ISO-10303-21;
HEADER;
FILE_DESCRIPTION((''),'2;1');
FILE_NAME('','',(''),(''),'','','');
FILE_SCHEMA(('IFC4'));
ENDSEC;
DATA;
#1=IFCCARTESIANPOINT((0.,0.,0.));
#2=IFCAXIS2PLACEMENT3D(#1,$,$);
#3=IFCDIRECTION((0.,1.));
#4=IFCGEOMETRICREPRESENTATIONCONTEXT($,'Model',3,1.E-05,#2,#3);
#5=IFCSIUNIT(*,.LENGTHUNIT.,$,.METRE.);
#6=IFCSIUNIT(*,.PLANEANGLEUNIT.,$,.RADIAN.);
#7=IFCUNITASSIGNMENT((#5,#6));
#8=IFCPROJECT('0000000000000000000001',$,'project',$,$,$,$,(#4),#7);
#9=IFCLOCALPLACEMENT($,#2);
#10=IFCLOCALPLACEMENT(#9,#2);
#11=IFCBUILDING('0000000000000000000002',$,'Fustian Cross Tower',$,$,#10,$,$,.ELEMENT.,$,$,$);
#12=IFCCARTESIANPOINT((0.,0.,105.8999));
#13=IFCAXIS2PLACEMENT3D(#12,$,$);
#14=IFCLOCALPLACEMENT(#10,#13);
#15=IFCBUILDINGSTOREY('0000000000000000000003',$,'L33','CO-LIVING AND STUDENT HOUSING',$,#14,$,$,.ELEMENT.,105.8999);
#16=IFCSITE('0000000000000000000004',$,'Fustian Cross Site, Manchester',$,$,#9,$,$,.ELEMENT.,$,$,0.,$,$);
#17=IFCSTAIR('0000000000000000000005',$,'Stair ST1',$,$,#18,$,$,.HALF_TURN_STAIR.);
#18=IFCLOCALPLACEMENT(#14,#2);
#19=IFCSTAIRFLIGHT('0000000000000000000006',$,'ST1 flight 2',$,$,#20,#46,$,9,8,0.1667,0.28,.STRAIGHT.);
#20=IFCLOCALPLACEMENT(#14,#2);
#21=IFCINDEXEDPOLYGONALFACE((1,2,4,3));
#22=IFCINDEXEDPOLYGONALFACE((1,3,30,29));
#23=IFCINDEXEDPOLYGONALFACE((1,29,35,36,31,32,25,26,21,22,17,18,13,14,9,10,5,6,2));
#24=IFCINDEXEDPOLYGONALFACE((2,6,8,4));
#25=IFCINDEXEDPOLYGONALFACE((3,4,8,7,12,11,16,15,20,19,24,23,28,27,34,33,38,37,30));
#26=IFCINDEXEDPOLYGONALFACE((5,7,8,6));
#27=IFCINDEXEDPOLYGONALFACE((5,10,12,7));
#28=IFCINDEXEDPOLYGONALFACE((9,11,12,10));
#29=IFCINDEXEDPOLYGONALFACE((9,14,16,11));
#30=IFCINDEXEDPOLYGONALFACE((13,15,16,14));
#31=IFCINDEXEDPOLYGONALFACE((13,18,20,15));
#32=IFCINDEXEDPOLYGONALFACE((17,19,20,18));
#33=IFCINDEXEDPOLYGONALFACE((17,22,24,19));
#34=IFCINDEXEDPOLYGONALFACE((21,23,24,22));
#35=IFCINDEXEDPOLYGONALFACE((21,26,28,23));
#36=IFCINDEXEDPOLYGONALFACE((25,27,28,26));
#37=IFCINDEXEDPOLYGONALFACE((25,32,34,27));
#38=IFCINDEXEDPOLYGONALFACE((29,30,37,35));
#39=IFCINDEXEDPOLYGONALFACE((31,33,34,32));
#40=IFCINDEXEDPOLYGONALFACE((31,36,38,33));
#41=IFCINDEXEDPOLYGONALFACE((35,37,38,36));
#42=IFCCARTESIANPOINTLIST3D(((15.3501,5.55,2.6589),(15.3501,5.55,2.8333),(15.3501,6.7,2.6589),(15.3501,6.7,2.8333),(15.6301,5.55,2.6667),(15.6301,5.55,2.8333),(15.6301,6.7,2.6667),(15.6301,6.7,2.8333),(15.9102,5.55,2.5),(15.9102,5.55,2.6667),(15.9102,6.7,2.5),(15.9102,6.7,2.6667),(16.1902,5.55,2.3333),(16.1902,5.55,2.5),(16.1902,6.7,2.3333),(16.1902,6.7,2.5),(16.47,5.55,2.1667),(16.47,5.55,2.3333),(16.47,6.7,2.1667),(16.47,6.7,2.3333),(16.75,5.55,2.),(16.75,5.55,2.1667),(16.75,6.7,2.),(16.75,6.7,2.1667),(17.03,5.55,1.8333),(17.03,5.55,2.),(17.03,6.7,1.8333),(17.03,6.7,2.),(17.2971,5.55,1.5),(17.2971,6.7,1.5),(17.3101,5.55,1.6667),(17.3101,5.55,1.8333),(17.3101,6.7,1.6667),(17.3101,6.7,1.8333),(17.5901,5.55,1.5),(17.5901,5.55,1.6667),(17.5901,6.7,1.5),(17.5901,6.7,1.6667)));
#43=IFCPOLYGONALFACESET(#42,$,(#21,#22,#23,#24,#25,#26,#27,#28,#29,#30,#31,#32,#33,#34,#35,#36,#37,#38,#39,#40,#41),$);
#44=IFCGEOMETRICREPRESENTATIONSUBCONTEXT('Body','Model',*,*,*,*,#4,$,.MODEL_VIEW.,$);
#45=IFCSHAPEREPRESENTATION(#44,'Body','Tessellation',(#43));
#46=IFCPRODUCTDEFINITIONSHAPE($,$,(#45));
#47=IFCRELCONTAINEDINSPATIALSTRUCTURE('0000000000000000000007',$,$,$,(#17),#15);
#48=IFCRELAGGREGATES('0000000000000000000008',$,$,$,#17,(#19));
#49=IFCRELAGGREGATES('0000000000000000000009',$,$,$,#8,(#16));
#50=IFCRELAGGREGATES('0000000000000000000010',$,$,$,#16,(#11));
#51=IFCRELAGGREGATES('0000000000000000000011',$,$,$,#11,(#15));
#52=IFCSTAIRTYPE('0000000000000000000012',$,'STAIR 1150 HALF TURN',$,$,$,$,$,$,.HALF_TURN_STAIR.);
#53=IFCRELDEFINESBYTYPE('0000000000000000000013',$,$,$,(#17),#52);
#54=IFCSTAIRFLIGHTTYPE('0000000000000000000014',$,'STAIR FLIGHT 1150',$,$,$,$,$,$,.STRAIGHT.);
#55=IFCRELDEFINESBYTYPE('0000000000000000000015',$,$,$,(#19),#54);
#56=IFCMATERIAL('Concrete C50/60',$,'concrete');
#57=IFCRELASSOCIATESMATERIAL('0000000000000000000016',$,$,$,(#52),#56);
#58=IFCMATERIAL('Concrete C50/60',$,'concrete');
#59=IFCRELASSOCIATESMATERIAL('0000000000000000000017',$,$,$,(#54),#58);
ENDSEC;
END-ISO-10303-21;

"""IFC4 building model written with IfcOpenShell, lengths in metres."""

from ifc_helpers import new_model, si_unit, direction, frame, origin, place, context, subcontext, project, spatial, polyline, outline, extrude, material, type_object, element, aggregate, save


model = new_model("IFC4")

# Units and contexts
model_context = context("Model", 3, precision=1e-05, world=origin(), true_north=direction((0.0, 1.0)))
body_context = subcontext(model_context, "Body", "Model", "MODEL_VIEW")
ifc_project = project(units=[si_unit("LENGTHUNIT", "METRE"), si_unit("PLANEANGLEUNIT", "RADIAN")], contexts=[model_context])

# Site, building, storey
site_placement = place(None, origin())
site = spatial("IfcSite", under=ifc_project, at=site_placement, Name="Fustian Cross Site, Manchester", CompositionType="ELEMENT", RefElevation=0.0)
building_placement = place(site_placement, origin())
building = spatial("IfcBuilding", under=site, at=building_placement, Name="Fustian Cross Tower", CompositionType="ELEMENT")
storey_placement = place(building_placement, frame((0.0, 0.0, 105.8999)))
storey = spatial("IfcBuildingStorey", under=building, at=storey_placement, Name="L33", Description="CO-LIVING AND STUDENT HOUSING", CompositionType="ELEMENT", Elevation=105.8999)

# Stair, stair flight
ifc_material_1 = material(Name="Concrete C50/60", Category="concrete")
stair_type = type_object("IfcStairType", Name="STAIR 1150 HALF TURN", PredefinedType="HALF_TURN_STAIR", material=ifc_material_1)
stair_placement = place(storey_placement, origin())
stair = element("IfcStair", 1, at=stair_placement, inside=storey, type_object=stair_type, Name="Stair ST1", PredefinedType="HALF_TURN_STAIR")
ifc_material_2 = material(Name="Concrete C50/60", Category="concrete")
stair_flight_type = type_object("IfcStairFlightType", Name="STAIR FLIGHT 1150", PredefinedType="STRAIGHT", material=ifc_material_2)
stair_flight_1_placement = place(storey_placement, frame((17.5901, 6.125, 1.5), z_axis=(0.0, 0.0, 1.0), x_axis=(-1.0, 0.0, 0.0)))
stair_flight_1 = element("IfcStairFlight", 2, at=stair_flight_1_placement, type_object=stair_flight_type, Name="ST1 flight 2", NumberOfRisers=9, NumberOfTreads=8, PredefinedType="STRAIGHT", RiserHeight=0.1667, TreadLength=0.28, context=body_context, shape_type="SweptSolid", body=[
    extrude(outline(polyline([(0.0, 0.0), (0.0, 0.1667), (0.28, 0.1667), (0.28, 0.3333), (0.5601, 0.3333), (0.5601, 0.5), (0.8401, 0.5), (0.8401, 0.6667), (1.1201, 0.6667), (1.1201, 0.8333), (1.3999, 0.8333), (1.3999, 1.0), (1.6799, 1.0), (1.6799, 1.1667), (1.96, 1.1667), (1.96, 1.3333), (2.24, 1.3333), (2.24, 1.5), (2.24, 1.1589), (0.293, 0.0), (0.0, 0.0)])), frame((0.0, 0.575, 0.0), z_axis=(0.0, -1.0, 0.0), x_axis=(1.0, 0.0, 0.0)), (0.0, 0.0, 1.0), 1.1499),
])
aggregate(stair, [stair_flight_1])

save(model, "model.ifc")
